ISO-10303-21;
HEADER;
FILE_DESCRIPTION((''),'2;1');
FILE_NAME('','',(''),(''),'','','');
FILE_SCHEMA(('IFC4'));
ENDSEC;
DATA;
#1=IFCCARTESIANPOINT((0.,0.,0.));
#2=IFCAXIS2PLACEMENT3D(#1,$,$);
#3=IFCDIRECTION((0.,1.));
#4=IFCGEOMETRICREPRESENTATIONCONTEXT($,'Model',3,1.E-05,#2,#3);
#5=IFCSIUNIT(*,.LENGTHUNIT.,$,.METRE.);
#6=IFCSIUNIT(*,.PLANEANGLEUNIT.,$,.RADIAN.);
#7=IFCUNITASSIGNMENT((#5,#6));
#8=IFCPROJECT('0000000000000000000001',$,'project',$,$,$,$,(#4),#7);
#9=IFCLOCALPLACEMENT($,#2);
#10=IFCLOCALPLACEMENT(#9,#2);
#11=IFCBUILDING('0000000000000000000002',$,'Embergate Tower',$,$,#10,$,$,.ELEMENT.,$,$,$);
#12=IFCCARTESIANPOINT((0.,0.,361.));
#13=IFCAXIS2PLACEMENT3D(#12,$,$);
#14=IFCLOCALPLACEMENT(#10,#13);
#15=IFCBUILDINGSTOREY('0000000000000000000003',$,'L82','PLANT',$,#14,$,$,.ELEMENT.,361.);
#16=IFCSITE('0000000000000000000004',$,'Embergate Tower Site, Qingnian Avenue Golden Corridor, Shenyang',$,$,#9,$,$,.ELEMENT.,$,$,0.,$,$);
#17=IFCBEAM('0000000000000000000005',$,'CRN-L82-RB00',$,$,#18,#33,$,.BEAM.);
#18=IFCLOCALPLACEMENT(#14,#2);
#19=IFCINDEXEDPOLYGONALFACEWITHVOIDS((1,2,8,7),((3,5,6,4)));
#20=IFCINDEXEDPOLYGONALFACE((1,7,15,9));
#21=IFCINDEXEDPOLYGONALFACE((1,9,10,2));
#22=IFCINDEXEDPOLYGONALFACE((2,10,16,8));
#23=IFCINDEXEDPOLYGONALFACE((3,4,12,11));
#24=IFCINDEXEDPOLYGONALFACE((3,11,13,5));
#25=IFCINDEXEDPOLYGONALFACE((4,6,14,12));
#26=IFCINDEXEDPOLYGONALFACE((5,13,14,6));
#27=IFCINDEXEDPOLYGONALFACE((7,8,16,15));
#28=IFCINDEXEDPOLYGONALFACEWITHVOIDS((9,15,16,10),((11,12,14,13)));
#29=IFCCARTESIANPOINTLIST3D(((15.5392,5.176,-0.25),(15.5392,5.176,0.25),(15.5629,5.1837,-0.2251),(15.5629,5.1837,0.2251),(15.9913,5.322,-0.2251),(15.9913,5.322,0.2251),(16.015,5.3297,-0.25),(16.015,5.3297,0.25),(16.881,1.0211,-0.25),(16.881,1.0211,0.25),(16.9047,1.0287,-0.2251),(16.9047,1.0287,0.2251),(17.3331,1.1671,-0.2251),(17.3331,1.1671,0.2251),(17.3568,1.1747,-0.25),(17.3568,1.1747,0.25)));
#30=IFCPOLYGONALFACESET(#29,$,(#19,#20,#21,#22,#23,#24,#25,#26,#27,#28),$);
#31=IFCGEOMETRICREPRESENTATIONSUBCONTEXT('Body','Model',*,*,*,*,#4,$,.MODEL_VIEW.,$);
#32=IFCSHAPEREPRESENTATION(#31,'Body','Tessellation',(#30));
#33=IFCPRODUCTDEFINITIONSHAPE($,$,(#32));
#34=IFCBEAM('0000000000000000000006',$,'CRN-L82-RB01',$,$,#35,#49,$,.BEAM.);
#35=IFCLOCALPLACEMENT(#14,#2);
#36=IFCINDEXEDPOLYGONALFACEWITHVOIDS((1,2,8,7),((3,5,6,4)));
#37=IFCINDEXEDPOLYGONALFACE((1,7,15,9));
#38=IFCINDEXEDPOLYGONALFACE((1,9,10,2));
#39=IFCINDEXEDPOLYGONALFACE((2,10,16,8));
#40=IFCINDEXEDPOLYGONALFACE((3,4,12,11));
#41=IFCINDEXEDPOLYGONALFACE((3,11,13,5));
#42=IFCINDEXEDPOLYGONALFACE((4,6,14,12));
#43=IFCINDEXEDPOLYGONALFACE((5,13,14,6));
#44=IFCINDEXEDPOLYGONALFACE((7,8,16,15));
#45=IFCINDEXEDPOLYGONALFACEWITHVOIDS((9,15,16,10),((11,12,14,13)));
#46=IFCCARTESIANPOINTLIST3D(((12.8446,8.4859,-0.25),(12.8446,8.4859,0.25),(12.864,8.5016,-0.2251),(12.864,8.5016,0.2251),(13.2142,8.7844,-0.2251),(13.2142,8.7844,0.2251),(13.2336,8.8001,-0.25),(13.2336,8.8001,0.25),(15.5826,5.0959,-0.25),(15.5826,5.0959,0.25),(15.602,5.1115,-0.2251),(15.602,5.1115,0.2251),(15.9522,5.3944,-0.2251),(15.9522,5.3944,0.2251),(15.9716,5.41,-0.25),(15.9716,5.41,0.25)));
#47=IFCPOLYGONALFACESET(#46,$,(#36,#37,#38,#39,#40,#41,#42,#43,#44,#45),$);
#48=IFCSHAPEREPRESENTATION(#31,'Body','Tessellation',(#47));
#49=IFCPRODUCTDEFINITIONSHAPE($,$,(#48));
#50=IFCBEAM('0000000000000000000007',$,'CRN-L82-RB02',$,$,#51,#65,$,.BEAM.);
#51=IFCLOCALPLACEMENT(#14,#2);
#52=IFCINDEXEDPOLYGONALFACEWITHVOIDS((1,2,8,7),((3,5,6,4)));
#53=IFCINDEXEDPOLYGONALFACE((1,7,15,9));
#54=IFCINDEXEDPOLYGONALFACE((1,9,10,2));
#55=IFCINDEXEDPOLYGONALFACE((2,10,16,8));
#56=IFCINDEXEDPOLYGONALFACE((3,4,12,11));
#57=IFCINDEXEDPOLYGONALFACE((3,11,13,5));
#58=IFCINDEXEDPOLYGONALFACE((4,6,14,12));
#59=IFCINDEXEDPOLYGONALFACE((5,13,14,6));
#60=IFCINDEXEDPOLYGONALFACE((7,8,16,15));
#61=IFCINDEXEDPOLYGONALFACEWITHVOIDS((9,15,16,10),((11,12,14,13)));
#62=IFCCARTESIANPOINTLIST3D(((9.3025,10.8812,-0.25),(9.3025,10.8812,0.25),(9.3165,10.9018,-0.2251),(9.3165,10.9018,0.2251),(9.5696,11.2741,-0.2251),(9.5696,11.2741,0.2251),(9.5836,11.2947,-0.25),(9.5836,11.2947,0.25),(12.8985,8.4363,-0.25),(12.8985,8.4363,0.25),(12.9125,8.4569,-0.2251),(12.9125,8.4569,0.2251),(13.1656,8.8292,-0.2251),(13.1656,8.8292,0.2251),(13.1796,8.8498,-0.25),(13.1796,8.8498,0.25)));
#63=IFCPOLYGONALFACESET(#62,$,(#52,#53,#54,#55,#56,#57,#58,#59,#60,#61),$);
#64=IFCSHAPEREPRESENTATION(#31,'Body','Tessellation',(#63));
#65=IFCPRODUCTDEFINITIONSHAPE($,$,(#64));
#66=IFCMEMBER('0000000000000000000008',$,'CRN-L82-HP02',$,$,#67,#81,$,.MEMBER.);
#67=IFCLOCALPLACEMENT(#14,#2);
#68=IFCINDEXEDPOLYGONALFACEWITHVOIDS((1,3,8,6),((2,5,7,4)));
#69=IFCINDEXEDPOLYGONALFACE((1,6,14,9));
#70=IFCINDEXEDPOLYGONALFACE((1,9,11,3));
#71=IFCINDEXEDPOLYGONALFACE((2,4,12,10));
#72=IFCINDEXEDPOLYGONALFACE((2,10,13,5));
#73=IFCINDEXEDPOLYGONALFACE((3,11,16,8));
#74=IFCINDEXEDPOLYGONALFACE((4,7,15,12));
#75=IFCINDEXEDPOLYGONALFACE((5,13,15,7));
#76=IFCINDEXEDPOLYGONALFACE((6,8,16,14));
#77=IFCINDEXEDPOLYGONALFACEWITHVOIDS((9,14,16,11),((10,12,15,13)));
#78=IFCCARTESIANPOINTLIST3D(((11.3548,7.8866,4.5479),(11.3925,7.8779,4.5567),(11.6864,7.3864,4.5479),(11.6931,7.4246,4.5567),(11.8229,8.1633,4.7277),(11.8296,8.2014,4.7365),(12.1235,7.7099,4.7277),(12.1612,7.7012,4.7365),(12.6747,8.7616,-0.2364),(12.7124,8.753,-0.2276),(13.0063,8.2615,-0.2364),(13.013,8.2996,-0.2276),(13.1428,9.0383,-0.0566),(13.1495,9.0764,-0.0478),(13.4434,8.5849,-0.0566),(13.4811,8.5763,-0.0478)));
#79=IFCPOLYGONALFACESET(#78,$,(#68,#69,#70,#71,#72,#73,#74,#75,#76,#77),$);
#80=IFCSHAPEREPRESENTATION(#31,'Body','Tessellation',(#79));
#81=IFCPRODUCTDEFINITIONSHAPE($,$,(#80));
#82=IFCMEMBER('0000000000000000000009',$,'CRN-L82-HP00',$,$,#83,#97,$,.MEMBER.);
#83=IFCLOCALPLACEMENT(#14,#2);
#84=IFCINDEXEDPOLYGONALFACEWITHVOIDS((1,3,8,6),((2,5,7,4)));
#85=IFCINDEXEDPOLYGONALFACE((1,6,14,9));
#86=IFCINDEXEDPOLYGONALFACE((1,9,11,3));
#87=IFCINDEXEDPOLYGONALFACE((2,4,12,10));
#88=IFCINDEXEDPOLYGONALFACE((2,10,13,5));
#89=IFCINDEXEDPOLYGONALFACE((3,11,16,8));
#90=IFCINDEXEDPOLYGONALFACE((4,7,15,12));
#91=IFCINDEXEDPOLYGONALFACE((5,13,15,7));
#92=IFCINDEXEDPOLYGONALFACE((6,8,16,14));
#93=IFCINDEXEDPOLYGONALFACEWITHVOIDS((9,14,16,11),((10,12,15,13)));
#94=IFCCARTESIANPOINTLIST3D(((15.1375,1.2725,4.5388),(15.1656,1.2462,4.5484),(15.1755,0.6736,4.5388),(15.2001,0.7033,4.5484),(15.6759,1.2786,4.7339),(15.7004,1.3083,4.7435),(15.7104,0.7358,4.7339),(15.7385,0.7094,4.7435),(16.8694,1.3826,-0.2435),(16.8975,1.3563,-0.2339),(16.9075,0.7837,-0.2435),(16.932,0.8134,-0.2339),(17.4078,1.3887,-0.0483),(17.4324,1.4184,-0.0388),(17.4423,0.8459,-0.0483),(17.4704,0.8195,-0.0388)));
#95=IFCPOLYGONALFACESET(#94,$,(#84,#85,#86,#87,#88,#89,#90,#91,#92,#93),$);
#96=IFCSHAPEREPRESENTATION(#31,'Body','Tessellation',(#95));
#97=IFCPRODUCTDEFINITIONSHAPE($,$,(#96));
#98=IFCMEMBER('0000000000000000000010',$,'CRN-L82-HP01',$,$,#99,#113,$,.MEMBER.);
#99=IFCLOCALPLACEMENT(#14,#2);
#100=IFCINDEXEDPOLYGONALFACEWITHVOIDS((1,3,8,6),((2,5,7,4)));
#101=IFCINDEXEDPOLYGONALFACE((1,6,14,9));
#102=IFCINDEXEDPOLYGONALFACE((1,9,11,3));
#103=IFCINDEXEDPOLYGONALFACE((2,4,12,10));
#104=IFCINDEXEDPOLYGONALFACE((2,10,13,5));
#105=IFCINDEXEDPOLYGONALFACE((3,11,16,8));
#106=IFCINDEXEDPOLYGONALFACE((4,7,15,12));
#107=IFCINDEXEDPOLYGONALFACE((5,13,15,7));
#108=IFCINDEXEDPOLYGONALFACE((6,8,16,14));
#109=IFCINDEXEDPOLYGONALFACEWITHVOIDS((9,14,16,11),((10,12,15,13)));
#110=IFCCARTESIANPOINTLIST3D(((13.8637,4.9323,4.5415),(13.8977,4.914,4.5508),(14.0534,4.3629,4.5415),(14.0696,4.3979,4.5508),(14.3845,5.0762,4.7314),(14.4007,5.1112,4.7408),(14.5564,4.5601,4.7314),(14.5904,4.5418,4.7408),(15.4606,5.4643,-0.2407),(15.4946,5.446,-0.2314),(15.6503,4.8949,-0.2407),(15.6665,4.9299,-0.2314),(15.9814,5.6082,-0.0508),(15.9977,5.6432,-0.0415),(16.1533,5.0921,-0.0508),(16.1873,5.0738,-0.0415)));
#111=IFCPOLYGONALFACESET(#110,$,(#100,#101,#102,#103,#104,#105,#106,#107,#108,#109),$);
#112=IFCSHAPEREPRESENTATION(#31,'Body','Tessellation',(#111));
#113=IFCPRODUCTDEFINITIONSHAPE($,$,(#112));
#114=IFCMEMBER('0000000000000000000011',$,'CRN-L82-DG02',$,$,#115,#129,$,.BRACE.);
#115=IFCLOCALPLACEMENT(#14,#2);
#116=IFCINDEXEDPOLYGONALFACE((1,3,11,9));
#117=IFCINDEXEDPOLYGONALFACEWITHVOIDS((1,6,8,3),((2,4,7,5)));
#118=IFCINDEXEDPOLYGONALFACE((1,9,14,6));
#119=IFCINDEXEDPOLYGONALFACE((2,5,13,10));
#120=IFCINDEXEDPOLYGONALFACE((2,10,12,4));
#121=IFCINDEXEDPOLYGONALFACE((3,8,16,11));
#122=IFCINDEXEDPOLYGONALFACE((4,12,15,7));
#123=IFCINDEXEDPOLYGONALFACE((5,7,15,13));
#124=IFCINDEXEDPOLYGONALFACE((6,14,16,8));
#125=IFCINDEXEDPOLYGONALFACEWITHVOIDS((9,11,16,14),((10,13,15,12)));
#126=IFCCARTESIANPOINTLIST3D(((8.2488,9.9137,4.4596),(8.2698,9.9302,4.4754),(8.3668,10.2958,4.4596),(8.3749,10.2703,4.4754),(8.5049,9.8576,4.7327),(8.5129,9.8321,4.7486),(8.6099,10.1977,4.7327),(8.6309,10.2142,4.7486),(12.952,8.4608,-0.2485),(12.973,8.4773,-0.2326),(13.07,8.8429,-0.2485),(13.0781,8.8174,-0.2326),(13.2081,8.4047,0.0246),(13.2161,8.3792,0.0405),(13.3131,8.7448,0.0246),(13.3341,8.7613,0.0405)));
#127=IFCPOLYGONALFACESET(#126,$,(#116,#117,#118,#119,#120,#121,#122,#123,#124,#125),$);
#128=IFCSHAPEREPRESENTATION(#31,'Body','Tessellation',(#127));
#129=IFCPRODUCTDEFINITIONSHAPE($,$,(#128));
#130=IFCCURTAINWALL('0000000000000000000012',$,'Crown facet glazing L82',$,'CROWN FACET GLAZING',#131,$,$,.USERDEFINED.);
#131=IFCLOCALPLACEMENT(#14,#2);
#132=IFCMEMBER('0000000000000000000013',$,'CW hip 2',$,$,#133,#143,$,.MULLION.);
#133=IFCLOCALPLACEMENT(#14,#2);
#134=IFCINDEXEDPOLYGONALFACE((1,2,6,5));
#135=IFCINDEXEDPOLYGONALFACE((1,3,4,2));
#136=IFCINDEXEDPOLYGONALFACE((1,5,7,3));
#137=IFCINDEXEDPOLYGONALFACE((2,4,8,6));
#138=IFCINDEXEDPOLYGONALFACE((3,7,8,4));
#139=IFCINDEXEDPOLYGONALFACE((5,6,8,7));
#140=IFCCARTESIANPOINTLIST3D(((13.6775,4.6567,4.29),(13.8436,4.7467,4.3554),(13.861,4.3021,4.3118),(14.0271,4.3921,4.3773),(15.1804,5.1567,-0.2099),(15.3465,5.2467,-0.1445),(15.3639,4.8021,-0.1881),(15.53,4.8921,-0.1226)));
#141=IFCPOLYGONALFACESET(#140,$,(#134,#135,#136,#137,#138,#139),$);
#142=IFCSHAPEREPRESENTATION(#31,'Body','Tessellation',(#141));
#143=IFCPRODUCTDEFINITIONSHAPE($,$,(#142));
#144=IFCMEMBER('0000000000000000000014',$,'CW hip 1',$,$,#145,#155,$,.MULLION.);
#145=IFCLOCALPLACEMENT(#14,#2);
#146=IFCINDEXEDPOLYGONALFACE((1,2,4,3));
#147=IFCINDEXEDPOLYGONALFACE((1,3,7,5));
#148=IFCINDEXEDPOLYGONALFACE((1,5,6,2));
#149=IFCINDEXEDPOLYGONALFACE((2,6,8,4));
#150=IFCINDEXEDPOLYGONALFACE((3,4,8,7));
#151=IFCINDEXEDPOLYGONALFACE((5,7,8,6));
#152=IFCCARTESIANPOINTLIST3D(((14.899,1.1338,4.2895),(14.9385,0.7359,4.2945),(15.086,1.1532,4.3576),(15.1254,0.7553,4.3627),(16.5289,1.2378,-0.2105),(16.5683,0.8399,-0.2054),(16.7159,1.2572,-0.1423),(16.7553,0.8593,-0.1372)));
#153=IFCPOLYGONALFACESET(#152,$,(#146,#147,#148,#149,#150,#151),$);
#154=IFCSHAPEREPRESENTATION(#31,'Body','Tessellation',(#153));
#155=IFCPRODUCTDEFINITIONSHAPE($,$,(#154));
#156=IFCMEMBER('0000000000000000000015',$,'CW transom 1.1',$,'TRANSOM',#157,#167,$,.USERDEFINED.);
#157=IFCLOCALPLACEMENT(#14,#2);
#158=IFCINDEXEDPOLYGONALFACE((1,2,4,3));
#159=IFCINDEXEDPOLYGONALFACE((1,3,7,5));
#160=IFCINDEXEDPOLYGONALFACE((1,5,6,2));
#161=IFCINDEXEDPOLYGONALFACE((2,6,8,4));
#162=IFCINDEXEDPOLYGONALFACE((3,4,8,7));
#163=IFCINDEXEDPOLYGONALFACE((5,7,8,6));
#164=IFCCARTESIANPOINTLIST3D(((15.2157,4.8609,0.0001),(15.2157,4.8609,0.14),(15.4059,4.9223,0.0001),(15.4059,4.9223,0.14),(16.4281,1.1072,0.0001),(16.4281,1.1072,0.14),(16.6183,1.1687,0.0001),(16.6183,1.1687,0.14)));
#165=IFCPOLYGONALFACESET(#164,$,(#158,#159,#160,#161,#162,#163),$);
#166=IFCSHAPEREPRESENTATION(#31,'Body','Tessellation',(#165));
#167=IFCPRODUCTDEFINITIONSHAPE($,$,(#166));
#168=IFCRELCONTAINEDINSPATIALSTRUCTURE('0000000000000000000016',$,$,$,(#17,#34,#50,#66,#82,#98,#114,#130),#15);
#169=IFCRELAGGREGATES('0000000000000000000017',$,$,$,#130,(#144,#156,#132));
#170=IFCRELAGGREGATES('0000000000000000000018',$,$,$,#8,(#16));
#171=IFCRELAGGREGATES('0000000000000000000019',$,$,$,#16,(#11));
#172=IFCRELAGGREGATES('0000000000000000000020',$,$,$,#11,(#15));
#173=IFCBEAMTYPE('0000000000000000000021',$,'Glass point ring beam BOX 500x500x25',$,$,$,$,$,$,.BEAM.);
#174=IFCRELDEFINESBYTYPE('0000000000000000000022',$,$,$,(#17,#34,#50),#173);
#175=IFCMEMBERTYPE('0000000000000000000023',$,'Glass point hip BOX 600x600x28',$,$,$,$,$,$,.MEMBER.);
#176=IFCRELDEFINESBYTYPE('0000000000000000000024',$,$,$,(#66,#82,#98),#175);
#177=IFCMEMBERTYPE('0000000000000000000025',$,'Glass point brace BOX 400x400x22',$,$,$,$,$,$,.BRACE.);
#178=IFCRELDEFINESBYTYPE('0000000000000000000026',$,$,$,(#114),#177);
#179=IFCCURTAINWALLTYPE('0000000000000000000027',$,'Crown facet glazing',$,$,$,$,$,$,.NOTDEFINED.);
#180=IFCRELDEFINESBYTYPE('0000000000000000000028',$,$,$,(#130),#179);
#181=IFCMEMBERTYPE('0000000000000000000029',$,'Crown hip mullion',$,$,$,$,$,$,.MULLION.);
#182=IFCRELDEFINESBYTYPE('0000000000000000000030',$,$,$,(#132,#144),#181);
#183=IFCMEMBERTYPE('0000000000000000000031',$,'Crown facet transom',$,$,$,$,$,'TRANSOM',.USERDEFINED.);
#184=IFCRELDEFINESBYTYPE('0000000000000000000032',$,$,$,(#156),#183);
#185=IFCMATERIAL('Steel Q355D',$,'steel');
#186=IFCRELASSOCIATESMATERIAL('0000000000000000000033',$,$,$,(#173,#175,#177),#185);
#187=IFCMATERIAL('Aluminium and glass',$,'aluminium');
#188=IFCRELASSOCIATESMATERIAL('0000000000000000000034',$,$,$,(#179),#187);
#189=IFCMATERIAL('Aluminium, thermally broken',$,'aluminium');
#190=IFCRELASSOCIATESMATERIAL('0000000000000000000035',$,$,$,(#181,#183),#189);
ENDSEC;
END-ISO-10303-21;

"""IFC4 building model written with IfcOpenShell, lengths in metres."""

from ifc_helpers import new_model, si_unit, direction, frame, origin, origin_2d, place, context, subcontext, project, spatial, rectangle, hollow_rectangle, extrude, source, transform, mapped, material, material_profile, profile_set, type_object, element, aggregate, save


model = new_model("IFC4")

# Units and contexts
model_context = context("Model", 3, precision=1e-05, world=origin(), true_north=direction((0.0, 1.0)))
body_context = subcontext(model_context, "Body", "Model", "MODEL_VIEW")
ifc_project = project(units=[si_unit("LENGTHUNIT", "METRE"), si_unit("PLANEANGLEUNIT", "RADIAN")], contexts=[model_context])

# Site, building, storey
site_placement = place(None, origin())
site = spatial("IfcSite", under=ifc_project, at=site_placement, Name="Embergate Tower Site, Qingnian Avenue Golden Corridor, Shenyang", CompositionType="ELEMENT", RefElevation=0.0)
building_placement = place(site_placement, origin())
building = spatial("IfcBuilding", under=site, at=building_placement, Name="Embergate Tower", CompositionType="ELEMENT")
storey_placement = place(building_placement, frame((0.0, 0.0, 361.0)))
storey = spatial("IfcBuildingStorey", under=building, at=storey_placement, Name="L82", Description="PLANT", CompositionType="ELEMENT", Elevation=361.0)

# Beams
ifc_material_1 = material(Name="Steel Q355D", Category="steel")
ifc_material_profile_1 = material_profile(ifc_material_1, hollow_rectangle(XDim=0.5, YDim=0.5, WallThickness=0.0249, at=origin_2d()), Name="BOX 500x500x25")
ifc_profile_set_1 = profile_set([ifc_material_profile_1], Name="Steel Q355 grade D")
beam_type = type_object("IfcBeamType", Name="Glass point ring beam BOX 500x500x25", PredefinedType="BEAM", material=ifc_profile_set_1)
shared_shape_1 = source(origin(), body_context, "Body", "SweptSolid", [
    extrude(hollow_rectangle(XDim=0.5, YDim=0.5, WallThickness=0.0249, at=origin_2d()), origin(), (0.0, 0.0, 1.0), 4.3662),
])
beam_1_placement = place(storey_placement, frame((17.1189, 1.0979, 0.0), z_axis=(-0.307307, 0.951611, 0.0), x_axis=(-0.951611, -0.307307, 0.0)))
element("IfcBeam", 1, at=beam_1_placement, inside=storey, type_object=beam_type, Name="CRN-L82-RB00", PredefinedType="BEAM", context=body_context, shape_type="MappedRepresentation", body=[
    mapped(shared_shape_1, transform((0.0, 0.0, 0.0))),
])
shared_shape_2 = source(origin(), body_context, "Body", "SweptSolid", [
    extrude(hollow_rectangle(XDim=0.5, YDim=0.5, WallThickness=0.0249, at=origin_2d()), origin(), (0.0, 0.0, 1.0), 4.3577),
])
beam_2_placement = place(storey_placement, frame((15.7771, 5.2529, 0.0), z_axis=(-0.628316, 0.777958, 0.0), x_axis=(-0.777958, -0.628316, 0.0)))
element("IfcBeam", 2, at=beam_2_placement, inside=storey, type_object=beam_type, Name="CRN-L82-RB01", PredefinedType="BEAM", context=body_context, shape_type="MappedRepresentation", body=[
    mapped(shared_shape_2, transform((0.0, 0.0, 0.0))),
])
shared_shape_3 = source(origin(), body_context, "Body", "SweptSolid", [
    extrude(hollow_rectangle(XDim=0.5, YDim=0.5, WallThickness=0.0249, at=origin_2d()), origin(), (0.0, 0.0, 1.0), 4.3484),
])
beam_3_placement = place(storey_placement, frame((13.0391, 8.6431, 0.0), z_axis=(-0.826971, 0.562244, 0.0), x_axis=(-0.562244, -0.826971, 0.0)))
element("IfcBeam", 3, at=beam_3_placement, inside=storey, type_object=beam_type, Name="CRN-L82-RB02", PredefinedType="BEAM", context=body_context, shape_type="MappedRepresentation", body=[
    mapped(shared_shape_3, transform((0.0, 0.0, 0.0))),
])

# Members
ifc_material_profile_2 = material_profile(ifc_material_1, hollow_rectangle(XDim=0.6001, YDim=0.6001, WallThickness=0.0281, at=origin_2d()), Name="BOX 600x600x28")
ifc_profile_set_2 = profile_set([ifc_material_profile_2], Name="Steel Q355 grade D")
member_type_1 = type_object("IfcMemberType", Name="Glass point hip BOX 600x600x28", PredefinedType="MEMBER", material=ifc_profile_set_2)
shared_shape_4 = source(origin(), body_context, "Body", "SweptSolid", [
    extrude(hollow_rectangle(XDim=0.6001, YDim=0.6001, WallThickness=0.0281, at=origin_2d()), origin(), (0.0, 0.0, 1.0), 5.0396),
])
member_1_placement = place(storey_placement, frame((13.0779, 8.6689, -0.1421), z_axis=(-0.261899, -0.17363, 0.949348), x_axis=(0.552564, -0.833471, 0.0)))
element("IfcMember", 4, at=member_1_placement, inside=storey, type_object=member_type_1, Name="CRN-L82-HP02", PredefinedType="MEMBER", context=body_context, shape_type="MappedRepresentation", body=[
    mapped(shared_shape_4, transform((0.0, 0.0, 0.0))),
])
shared_shape_5 = source(origin(), body_context, "Body", "SweptSolid", [
    extrude(hollow_rectangle(XDim=0.6001, YDim=0.6001, WallThickness=0.0281, at=origin_2d()), origin(), (0.0, 0.0, 1.0), 5.0874),
])
member_2_placement = place(storey_placement, frame((17.1699, 1.1011, -0.1411), z_axis=(-0.340437, -0.021643, 0.940018), x_axis=(0.063447, -0.997985, 0.0)))
element("IfcMember", 5, at=member_2_placement, inside=storey, type_object=member_type_1, Name="CRN-L82-HP00", PredefinedType="MEMBER", context=body_context, shape_type="MappedRepresentation", body=[
    mapped(shared_shape_5, transform((0.0, 0.0, 0.0))),
])
shared_shape_6 = source(origin(), body_context, "Body", "SweptSolid", [
    extrude(hollow_rectangle(XDim=0.6001, YDim=0.6001, WallThickness=0.0281, at=origin_2d()), origin(), (0.0, 0.0, 1.0), 5.0698),
])
member_3_placement = place(storey_placement, frame((15.824, 5.269, -0.1411), z_axis=(-0.314988, -0.104932, 0.943277), x_axis=(0.316054, -0.948741, 0.0)))
element("IfcMember", 6, at=member_3_placement, inside=storey, type_object=member_type_1, Name="CRN-L82-HP01", PredefinedType="MEMBER", context=body_context, shape_type="MappedRepresentation", body=[
    mapped(shared_shape_6, transform((0.0, 0.0, 0.0))),
])
ifc_material_profile_3 = material_profile(ifc_material_1, hollow_rectangle(XDim=0.3999, YDim=0.3999, WallThickness=0.022, at=origin_2d()), Name="BOX 400x400x22")
ifc_profile_set_3 = profile_set([ifc_material_profile_3], Name="Steel Q355 grade D")
member_type_2 = type_object("IfcMemberType", Name="Glass point brace BOX 400x400x22", PredefinedType="BRACE", material=ifc_profile_set_3)
shared_shape_7 = source(origin(), body_context, "Body", "SweptSolid", [
    extrude(hollow_rectangle(XDim=0.3999, YDim=0.3999, WallThickness=0.022, at=origin_2d()), origin(), (0.0, 0.0, 1.0), 6.8115),
])
member_4_placement = place(storey_placement, frame((13.1431, 8.6111, -0.104), z_axis=(-0.690475, 0.2133, 0.691192), x_axis=(-0.295156, -0.955449, 0.0)))
element("IfcMember", 7, at=member_4_placement, inside=storey, type_object=member_type_2, Name="CRN-L82-DG02", PredefinedType="BRACE", context=body_context, shape_type="MappedRepresentation", body=[
    mapped(shared_shape_7, transform((0.0, 0.0, 0.0))),
])

# Curtain wall, members
ifc_material_2 = material(Name="Aluminium and glass", Category="aluminium")
curtain_wall_type = type_object("IfcCurtainWallType", Name="Crown facet glazing", PredefinedType="NOTDEFINED", material=ifc_material_2)
curtain_wall_placement = place(storey_placement, origin())
curtain_wall = element("IfcCurtainWall", 8, at=curtain_wall_placement, inside=storey, type_object=curtain_wall_type, Name="Crown facet glazing L82", ObjectType="CROWN FACET GLAZING", PredefinedType="USERDEFINED")
ifc_material_3 = material(Name="Aluminium, thermally broken", Category="aluminium")
ifc_material_profile_4 = material_profile(ifc_material_3, rectangle(XDim=0.2, YDim=0.3999, at=origin_2d()), Name="AL 400x200")
ifc_profile_set_4 = profile_set([ifc_material_profile_4], Name="Aluminium, thermally broken")
member_type_3 = type_object("IfcMemberType", Name="Crown hip mullion", PredefinedType="MULLION", material=ifc_profile_set_4)
shared_shape_8 = source(origin(), body_context, "Body", "SweptSolid", [
    extrude(rectangle(XDim=0.2, YDim=0.3999, at=origin_2d()), origin(), (0.0, 0.0, 1.0), 4.7705),
])
member_5_placement = place(storey_placement, frame((15.3552, 5.0244, -0.1663), z_axis=(-0.315039, -0.104808, 0.943274), x_axis=(0.830751, 0.450127, 0.327472)))
member_5 = element("IfcMember", 9, at=member_5_placement, type_object=member_type_3, Name="CW hip 2", PredefinedType="MULLION", context=body_context, shape_type="MappedRepresentation", body=[
    mapped(shared_shape_8, transform((0.0, 0.0, 0.0))),
])
shared_shape_9 = source(origin(), body_context, "Body", "SweptSolid", [
    extrude(rectangle(XDim=0.2, YDim=0.3999, at=origin_2d()), origin(), (0.0, 0.0, 1.0), 4.7871),
])
member_6_placement = place(storey_placement, frame((16.6421, 1.0486, -0.1738), z_axis=(-0.340466, -0.021725, 0.940006), x_axis=(0.935069, 0.09705, 0.340921)))
member_6 = element("IfcMember", 10, at=member_6_placement, type_object=member_type_3, Name="CW hip 1", PredefinedType="MULLION", context=body_context, shape_type="MappedRepresentation", body=[
    mapped(shared_shape_9, transform((0.0, 0.0, 0.0))),
])
ifc_material_profile_5 = material_profile(ifc_material_3, rectangle(XDim=0.2, YDim=0.1399, at=origin_2d()), Name="AL 140x200")
ifc_profile_set_5 = profile_set([ifc_material_profile_5], Name="Aluminium, thermally broken")
member_type_4 = type_object("IfcMemberType", Name="Crown facet transom", ElementType="TRANSOM", PredefinedType="USERDEFINED", material=ifc_profile_set_5)
shared_shape_10 = source(origin(), body_context, "Body", "SweptSolid", [
    extrude(rectangle(XDim=0.2, YDim=0.1399, at=origin_2d()), origin(), (0.0, 0.0, 1.0), 3.9446),
])
member_7_placement = place(storey_placement, frame((16.5232, 1.1379, 0.0701), z_axis=(-0.307357, 0.951594, 0.0), x_axis=(-0.951594, -0.307357, 0.0)))
member_7 = element("IfcMember", 11, at=member_7_placement, type_object=member_type_4, Name="CW transom 1.1", ObjectType="TRANSOM", PredefinedType="USERDEFINED", context=body_context, shape_type="MappedRepresentation", body=[
    mapped(shared_shape_10, transform((0.0, 0.0, 0.0))),
])
aggregate(curtain_wall, [member_6, member_7, member_5])

save(model, "model.ifc")
